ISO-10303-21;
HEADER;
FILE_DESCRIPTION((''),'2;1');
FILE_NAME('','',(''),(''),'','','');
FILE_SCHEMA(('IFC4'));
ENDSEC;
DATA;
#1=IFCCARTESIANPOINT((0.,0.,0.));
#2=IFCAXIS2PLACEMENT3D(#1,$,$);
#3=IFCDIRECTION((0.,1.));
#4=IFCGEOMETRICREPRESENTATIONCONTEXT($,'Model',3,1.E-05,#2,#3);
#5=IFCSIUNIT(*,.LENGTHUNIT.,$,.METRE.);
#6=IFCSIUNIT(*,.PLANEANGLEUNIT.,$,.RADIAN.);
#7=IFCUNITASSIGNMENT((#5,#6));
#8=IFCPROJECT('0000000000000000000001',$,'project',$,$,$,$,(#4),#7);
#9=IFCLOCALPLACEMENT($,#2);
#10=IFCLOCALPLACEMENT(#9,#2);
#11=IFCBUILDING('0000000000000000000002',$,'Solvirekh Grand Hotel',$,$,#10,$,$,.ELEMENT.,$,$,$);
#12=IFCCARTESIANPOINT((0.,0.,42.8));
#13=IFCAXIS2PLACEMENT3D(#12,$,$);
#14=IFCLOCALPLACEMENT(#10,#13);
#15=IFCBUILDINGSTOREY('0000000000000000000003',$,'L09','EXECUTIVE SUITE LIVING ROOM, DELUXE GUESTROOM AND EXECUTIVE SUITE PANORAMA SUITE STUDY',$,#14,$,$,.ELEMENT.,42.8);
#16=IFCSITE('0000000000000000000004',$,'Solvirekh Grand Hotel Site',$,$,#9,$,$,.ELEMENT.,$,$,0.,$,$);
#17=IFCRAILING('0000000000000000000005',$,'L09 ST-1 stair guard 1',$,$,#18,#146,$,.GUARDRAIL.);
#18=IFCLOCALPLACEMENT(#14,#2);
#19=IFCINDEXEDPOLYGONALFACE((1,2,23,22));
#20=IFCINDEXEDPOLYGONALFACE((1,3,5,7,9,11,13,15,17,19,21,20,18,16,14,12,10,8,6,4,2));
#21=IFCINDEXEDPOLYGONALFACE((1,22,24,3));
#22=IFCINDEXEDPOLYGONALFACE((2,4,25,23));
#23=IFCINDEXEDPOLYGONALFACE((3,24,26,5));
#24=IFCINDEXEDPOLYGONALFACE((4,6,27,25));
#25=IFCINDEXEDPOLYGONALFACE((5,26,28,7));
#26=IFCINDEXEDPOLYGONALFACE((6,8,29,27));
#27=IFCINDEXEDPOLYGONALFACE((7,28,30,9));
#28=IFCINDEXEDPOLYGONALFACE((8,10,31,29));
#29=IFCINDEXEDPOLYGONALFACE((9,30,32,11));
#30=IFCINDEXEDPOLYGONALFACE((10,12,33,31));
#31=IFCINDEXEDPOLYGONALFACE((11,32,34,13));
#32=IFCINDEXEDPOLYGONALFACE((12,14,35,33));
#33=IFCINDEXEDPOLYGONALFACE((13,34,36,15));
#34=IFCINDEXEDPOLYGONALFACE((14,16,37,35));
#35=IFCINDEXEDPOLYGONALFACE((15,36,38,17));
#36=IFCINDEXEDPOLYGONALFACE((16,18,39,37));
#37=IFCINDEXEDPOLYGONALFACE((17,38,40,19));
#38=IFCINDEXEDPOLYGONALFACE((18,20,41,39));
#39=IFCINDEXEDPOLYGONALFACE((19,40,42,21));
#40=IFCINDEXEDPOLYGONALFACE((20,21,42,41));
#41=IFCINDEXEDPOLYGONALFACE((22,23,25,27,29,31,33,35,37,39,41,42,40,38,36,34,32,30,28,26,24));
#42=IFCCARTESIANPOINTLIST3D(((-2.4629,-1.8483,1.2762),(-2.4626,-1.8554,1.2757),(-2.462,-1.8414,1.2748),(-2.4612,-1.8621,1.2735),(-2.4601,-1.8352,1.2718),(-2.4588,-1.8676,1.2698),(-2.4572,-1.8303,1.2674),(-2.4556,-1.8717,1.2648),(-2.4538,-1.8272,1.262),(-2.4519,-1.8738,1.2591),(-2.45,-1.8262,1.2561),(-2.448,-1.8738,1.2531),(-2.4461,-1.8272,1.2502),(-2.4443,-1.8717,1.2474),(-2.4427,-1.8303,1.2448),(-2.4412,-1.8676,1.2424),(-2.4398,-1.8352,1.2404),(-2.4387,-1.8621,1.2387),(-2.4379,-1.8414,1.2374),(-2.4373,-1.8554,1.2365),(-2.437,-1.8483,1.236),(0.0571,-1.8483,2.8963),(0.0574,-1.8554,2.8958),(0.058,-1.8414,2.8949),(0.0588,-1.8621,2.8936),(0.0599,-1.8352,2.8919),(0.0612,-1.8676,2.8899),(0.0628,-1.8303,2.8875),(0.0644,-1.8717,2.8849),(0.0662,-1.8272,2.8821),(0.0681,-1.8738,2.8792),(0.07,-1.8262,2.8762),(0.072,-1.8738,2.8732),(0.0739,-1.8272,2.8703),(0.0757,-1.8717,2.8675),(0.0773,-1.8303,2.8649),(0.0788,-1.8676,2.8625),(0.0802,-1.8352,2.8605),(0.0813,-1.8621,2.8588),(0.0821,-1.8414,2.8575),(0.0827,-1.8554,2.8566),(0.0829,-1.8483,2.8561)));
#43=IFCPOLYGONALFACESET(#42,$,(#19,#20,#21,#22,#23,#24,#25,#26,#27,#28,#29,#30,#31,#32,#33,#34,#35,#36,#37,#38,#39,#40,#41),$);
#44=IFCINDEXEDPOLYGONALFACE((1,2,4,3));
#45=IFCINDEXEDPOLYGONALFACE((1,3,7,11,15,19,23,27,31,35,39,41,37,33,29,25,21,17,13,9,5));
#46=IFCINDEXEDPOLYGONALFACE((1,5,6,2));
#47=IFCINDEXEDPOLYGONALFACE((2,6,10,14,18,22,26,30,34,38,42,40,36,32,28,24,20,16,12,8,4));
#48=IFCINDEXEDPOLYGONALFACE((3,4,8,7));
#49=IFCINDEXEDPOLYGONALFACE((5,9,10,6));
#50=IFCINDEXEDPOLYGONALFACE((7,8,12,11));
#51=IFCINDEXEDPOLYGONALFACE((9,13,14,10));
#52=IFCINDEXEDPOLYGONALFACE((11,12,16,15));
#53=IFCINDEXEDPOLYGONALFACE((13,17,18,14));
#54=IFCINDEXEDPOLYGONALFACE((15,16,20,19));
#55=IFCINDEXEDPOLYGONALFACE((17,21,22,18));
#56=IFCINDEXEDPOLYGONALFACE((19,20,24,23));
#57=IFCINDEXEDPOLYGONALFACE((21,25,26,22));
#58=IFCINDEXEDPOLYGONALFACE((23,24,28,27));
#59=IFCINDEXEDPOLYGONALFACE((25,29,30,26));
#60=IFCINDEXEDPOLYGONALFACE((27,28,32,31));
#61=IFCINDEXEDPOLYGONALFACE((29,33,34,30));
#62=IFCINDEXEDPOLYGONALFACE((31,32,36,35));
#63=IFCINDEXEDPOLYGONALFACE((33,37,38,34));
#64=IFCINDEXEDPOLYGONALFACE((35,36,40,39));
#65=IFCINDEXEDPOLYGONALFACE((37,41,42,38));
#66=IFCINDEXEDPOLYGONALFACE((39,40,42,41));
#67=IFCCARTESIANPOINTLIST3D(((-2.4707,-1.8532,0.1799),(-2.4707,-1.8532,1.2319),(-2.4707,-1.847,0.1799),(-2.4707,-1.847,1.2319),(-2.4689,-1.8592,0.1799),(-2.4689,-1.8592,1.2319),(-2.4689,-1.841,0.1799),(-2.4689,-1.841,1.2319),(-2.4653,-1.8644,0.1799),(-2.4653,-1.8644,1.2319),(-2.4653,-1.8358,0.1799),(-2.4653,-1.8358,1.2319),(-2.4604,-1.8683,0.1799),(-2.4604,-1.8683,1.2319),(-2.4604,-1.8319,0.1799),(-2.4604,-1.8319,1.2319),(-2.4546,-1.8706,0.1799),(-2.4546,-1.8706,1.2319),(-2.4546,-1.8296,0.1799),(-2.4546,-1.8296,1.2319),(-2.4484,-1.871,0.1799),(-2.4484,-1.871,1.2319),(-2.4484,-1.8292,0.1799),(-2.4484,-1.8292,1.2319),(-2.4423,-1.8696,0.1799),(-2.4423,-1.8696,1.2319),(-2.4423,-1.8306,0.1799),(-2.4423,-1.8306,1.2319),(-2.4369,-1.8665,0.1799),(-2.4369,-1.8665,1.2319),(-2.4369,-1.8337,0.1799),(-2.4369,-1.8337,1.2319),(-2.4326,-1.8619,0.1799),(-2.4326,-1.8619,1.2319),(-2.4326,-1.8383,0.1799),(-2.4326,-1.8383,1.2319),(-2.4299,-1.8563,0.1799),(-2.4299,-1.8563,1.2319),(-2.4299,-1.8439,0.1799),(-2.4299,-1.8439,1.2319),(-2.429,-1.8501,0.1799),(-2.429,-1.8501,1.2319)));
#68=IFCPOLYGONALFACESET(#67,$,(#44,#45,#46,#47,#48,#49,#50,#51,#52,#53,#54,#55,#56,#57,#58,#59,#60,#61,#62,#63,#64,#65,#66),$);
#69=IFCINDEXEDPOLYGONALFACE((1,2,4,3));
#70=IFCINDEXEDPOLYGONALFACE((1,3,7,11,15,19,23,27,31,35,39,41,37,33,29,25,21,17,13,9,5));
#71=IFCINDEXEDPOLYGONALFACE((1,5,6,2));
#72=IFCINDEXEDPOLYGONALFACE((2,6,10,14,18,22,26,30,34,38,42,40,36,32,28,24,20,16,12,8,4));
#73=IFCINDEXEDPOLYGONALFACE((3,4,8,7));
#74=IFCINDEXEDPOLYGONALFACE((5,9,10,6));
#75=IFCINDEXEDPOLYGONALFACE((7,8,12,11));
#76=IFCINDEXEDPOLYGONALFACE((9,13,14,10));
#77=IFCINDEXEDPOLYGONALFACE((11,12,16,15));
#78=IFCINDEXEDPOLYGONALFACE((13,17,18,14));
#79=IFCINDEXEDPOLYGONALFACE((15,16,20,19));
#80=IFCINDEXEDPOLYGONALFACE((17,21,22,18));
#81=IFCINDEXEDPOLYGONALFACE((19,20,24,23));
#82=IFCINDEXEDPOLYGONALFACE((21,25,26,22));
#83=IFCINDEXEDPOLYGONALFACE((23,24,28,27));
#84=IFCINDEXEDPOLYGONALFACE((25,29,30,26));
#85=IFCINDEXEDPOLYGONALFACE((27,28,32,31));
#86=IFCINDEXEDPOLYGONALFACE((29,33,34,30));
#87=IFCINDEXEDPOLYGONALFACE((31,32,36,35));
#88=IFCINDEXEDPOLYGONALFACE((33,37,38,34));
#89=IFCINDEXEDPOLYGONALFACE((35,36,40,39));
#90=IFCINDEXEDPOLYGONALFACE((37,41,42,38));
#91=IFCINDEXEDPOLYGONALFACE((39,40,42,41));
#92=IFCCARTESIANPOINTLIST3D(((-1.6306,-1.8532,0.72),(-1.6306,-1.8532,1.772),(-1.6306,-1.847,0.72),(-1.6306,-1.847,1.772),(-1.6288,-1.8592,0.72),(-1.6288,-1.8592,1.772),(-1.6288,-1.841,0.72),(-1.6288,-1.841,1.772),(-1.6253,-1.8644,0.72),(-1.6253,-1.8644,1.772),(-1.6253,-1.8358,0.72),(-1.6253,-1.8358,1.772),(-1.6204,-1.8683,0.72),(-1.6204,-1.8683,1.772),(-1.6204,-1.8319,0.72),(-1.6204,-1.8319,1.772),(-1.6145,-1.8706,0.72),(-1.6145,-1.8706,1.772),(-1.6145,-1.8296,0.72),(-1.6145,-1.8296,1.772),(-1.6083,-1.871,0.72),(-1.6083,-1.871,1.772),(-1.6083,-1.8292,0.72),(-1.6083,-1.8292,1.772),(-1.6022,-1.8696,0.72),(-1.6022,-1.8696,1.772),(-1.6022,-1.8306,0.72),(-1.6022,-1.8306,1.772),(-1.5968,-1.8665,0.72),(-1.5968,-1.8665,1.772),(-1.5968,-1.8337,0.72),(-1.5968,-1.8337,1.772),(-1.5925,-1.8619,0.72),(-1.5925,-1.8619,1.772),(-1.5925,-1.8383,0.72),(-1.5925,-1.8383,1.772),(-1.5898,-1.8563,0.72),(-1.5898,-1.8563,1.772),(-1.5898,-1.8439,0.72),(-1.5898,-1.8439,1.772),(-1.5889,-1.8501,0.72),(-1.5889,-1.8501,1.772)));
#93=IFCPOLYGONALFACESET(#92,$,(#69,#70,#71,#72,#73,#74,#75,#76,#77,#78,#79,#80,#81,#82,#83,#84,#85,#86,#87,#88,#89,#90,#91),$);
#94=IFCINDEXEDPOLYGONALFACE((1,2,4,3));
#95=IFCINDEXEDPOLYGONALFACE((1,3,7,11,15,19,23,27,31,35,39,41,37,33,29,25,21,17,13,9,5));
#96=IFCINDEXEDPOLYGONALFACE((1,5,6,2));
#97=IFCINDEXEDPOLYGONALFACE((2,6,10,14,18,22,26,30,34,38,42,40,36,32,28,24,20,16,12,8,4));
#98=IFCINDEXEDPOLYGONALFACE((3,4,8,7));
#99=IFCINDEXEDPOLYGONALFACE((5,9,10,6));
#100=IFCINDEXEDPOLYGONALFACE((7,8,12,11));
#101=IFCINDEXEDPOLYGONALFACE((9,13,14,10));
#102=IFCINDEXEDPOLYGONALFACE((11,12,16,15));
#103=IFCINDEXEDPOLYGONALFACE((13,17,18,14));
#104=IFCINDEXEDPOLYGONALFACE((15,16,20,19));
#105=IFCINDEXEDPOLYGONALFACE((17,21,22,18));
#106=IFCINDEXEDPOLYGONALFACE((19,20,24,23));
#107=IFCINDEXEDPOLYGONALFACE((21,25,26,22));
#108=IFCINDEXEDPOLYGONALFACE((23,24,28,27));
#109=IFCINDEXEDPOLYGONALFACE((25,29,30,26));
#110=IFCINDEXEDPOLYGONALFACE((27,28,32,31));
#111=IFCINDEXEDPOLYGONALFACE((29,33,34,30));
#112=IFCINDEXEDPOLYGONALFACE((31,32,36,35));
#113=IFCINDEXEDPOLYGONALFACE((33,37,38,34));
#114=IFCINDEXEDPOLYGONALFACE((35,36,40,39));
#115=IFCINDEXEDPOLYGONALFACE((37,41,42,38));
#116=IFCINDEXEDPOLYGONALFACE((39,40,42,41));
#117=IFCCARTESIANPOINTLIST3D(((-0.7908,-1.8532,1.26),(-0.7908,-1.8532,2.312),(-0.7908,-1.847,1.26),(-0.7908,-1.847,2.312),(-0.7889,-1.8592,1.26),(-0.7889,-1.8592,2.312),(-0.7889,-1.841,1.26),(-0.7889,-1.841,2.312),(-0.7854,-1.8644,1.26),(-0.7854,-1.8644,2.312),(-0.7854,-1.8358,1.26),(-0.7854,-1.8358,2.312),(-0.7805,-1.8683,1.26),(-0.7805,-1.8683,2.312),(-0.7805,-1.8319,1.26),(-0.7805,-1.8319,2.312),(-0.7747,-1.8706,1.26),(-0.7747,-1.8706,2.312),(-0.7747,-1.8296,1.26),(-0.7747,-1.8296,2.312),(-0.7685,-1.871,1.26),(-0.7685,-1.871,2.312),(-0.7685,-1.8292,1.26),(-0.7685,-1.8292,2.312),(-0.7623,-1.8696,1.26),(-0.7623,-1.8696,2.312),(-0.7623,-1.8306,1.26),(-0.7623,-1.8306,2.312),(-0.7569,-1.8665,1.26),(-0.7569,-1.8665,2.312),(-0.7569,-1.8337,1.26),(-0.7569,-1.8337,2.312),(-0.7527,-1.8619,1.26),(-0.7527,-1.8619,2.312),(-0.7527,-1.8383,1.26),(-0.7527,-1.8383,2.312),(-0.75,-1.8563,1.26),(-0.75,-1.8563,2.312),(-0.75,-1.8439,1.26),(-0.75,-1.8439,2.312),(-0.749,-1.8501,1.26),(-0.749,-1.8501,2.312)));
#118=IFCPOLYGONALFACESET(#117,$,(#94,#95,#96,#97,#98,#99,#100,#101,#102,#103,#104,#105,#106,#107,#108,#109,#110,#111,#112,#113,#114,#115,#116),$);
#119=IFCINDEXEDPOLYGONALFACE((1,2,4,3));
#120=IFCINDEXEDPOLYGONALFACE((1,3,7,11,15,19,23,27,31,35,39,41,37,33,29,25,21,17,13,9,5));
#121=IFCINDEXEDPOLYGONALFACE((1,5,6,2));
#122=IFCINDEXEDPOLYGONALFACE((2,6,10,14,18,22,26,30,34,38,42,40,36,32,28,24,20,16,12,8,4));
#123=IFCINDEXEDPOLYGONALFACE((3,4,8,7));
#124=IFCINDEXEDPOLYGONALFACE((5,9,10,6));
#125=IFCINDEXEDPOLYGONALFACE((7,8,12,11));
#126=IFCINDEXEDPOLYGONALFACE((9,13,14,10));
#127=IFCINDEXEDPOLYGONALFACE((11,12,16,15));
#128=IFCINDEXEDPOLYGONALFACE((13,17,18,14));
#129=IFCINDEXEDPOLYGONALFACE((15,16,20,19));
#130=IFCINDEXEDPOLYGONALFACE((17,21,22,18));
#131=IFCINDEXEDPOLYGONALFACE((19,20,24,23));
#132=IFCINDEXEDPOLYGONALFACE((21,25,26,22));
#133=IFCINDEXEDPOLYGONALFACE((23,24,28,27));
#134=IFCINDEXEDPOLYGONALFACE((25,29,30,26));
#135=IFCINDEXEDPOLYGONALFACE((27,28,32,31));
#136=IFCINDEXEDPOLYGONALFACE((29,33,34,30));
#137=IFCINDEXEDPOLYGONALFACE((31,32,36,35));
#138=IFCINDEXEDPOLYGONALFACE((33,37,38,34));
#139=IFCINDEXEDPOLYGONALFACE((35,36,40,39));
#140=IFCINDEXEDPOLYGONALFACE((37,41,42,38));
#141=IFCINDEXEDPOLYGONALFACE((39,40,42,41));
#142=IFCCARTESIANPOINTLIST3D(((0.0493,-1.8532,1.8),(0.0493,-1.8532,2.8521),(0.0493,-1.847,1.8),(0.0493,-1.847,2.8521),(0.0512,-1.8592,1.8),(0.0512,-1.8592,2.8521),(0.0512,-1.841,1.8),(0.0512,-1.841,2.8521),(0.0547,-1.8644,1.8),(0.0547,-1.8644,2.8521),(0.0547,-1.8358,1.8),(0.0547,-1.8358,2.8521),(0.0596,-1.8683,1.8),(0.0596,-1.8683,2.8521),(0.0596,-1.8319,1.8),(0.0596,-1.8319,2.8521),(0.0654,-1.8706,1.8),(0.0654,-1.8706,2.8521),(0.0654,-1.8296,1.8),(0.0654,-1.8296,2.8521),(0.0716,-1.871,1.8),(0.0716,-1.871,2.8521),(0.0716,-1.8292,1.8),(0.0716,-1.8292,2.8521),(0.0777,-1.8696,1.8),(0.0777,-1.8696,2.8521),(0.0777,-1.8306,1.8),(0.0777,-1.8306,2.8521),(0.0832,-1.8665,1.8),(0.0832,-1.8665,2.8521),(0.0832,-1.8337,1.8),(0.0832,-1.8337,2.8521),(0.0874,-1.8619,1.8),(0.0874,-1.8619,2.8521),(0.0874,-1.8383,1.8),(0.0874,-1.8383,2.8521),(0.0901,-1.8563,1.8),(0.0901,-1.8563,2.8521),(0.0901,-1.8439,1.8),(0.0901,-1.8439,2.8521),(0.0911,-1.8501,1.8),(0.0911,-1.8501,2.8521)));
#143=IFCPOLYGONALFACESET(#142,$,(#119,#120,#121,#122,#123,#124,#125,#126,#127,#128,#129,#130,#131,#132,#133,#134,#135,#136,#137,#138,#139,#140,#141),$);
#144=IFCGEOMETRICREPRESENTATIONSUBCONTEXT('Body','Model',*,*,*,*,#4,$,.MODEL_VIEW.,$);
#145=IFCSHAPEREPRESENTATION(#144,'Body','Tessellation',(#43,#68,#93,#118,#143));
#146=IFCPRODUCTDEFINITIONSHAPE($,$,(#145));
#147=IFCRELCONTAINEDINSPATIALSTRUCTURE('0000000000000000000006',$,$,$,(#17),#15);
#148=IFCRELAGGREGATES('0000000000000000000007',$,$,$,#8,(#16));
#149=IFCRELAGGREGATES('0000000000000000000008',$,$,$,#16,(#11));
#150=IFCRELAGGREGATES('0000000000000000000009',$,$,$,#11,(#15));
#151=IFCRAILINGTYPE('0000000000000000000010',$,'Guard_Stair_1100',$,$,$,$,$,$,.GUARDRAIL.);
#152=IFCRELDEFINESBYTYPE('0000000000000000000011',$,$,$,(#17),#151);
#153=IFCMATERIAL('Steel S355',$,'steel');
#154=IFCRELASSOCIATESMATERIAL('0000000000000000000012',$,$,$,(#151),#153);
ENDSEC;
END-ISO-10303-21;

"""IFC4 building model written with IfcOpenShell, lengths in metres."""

from ifc_helpers import new_model, si_unit, direction, frame, origin, origin_2d, place, context, subcontext, project, spatial, circle, extrude, material, type_object, element, save


model = new_model("IFC4")

# Units and contexts
model_context = context("Model", 3, precision=1e-05, world=origin(), true_north=direction((0.0, 1.0)))
body_context = subcontext(model_context, "Body", "Model", "MODEL_VIEW")
ifc_project = project(units=[si_unit("LENGTHUNIT", "METRE"), si_unit("PLANEANGLEUNIT", "RADIAN")], contexts=[model_context])

# Site, building, storey
site_placement = place(None, origin())
site = spatial("IfcSite", under=ifc_project, at=site_placement, Name="Solvirekh Grand Hotel Site", CompositionType="ELEMENT", RefElevation=0.0)
building_placement = place(site_placement, origin())
building = spatial("IfcBuilding", under=site, at=building_placement, Name="Solvirekh Grand Hotel", CompositionType="ELEMENT")
storey_placement = place(building_placement, frame((0.0, 0.0, 42.8)))
storey = spatial("IfcBuildingStorey", under=building, at=storey_placement, Name="L09", Description="EXECUTIVE SUITE LIVING ROOM, DELUXE GUESTROOM AND EXECUTIVE SUITE PANORAMA SUITE STUDY", CompositionType="ELEMENT", Elevation=42.8)

# Railing
ifc_material_1 = material(Name="Steel S355", Category="steel")
railing_type_1 = type_object("IfcRailingType", Name="Guard_Stair_1100", PredefinedType="GUARDRAIL", material=ifc_material_1)
railing_1_placement = place(storey_placement, frame((-2.45, -1.8501, 0.1799)))
element("IfcRailing", 1, at=railing_1_placement, inside=storey, type_object=railing_type_1, Name="L09 ST-1 stair guard 1", PredefinedType="GUARDRAIL", context=body_context, shape_type="SweptSolid", body=[
    extrude(circle(Radius=0.0239, at=origin_2d()), frame((0.0, 0.0, 1.0762), z_axis=(0.841163, 0.0, 0.540782), x_axis=(0.0, 1.0, 0.0)), (0.0, 0.0, 1.0), 2.9958),
    extrude(circle(Radius=0.021, at=origin_2d()), origin(), (0.0, 0.0, 1.0), 1.052),
    extrude(circle(Radius=0.021, at=origin_2d()), frame((0.8401, 0.0, 0.54)), (0.0, 0.0, 1.0), 1.052),
    extrude(circle(Radius=0.021, at=origin_2d()), frame((1.6799, 0.0, 1.0801)), (0.0, 0.0, 1.0), 1.052),
    extrude(circle(Radius=0.021, at=origin_2d()), frame((2.52, 0.0, 1.6201)), (0.0, 0.0, 1.0), 1.052),
])

save(model, "model.ifc")
